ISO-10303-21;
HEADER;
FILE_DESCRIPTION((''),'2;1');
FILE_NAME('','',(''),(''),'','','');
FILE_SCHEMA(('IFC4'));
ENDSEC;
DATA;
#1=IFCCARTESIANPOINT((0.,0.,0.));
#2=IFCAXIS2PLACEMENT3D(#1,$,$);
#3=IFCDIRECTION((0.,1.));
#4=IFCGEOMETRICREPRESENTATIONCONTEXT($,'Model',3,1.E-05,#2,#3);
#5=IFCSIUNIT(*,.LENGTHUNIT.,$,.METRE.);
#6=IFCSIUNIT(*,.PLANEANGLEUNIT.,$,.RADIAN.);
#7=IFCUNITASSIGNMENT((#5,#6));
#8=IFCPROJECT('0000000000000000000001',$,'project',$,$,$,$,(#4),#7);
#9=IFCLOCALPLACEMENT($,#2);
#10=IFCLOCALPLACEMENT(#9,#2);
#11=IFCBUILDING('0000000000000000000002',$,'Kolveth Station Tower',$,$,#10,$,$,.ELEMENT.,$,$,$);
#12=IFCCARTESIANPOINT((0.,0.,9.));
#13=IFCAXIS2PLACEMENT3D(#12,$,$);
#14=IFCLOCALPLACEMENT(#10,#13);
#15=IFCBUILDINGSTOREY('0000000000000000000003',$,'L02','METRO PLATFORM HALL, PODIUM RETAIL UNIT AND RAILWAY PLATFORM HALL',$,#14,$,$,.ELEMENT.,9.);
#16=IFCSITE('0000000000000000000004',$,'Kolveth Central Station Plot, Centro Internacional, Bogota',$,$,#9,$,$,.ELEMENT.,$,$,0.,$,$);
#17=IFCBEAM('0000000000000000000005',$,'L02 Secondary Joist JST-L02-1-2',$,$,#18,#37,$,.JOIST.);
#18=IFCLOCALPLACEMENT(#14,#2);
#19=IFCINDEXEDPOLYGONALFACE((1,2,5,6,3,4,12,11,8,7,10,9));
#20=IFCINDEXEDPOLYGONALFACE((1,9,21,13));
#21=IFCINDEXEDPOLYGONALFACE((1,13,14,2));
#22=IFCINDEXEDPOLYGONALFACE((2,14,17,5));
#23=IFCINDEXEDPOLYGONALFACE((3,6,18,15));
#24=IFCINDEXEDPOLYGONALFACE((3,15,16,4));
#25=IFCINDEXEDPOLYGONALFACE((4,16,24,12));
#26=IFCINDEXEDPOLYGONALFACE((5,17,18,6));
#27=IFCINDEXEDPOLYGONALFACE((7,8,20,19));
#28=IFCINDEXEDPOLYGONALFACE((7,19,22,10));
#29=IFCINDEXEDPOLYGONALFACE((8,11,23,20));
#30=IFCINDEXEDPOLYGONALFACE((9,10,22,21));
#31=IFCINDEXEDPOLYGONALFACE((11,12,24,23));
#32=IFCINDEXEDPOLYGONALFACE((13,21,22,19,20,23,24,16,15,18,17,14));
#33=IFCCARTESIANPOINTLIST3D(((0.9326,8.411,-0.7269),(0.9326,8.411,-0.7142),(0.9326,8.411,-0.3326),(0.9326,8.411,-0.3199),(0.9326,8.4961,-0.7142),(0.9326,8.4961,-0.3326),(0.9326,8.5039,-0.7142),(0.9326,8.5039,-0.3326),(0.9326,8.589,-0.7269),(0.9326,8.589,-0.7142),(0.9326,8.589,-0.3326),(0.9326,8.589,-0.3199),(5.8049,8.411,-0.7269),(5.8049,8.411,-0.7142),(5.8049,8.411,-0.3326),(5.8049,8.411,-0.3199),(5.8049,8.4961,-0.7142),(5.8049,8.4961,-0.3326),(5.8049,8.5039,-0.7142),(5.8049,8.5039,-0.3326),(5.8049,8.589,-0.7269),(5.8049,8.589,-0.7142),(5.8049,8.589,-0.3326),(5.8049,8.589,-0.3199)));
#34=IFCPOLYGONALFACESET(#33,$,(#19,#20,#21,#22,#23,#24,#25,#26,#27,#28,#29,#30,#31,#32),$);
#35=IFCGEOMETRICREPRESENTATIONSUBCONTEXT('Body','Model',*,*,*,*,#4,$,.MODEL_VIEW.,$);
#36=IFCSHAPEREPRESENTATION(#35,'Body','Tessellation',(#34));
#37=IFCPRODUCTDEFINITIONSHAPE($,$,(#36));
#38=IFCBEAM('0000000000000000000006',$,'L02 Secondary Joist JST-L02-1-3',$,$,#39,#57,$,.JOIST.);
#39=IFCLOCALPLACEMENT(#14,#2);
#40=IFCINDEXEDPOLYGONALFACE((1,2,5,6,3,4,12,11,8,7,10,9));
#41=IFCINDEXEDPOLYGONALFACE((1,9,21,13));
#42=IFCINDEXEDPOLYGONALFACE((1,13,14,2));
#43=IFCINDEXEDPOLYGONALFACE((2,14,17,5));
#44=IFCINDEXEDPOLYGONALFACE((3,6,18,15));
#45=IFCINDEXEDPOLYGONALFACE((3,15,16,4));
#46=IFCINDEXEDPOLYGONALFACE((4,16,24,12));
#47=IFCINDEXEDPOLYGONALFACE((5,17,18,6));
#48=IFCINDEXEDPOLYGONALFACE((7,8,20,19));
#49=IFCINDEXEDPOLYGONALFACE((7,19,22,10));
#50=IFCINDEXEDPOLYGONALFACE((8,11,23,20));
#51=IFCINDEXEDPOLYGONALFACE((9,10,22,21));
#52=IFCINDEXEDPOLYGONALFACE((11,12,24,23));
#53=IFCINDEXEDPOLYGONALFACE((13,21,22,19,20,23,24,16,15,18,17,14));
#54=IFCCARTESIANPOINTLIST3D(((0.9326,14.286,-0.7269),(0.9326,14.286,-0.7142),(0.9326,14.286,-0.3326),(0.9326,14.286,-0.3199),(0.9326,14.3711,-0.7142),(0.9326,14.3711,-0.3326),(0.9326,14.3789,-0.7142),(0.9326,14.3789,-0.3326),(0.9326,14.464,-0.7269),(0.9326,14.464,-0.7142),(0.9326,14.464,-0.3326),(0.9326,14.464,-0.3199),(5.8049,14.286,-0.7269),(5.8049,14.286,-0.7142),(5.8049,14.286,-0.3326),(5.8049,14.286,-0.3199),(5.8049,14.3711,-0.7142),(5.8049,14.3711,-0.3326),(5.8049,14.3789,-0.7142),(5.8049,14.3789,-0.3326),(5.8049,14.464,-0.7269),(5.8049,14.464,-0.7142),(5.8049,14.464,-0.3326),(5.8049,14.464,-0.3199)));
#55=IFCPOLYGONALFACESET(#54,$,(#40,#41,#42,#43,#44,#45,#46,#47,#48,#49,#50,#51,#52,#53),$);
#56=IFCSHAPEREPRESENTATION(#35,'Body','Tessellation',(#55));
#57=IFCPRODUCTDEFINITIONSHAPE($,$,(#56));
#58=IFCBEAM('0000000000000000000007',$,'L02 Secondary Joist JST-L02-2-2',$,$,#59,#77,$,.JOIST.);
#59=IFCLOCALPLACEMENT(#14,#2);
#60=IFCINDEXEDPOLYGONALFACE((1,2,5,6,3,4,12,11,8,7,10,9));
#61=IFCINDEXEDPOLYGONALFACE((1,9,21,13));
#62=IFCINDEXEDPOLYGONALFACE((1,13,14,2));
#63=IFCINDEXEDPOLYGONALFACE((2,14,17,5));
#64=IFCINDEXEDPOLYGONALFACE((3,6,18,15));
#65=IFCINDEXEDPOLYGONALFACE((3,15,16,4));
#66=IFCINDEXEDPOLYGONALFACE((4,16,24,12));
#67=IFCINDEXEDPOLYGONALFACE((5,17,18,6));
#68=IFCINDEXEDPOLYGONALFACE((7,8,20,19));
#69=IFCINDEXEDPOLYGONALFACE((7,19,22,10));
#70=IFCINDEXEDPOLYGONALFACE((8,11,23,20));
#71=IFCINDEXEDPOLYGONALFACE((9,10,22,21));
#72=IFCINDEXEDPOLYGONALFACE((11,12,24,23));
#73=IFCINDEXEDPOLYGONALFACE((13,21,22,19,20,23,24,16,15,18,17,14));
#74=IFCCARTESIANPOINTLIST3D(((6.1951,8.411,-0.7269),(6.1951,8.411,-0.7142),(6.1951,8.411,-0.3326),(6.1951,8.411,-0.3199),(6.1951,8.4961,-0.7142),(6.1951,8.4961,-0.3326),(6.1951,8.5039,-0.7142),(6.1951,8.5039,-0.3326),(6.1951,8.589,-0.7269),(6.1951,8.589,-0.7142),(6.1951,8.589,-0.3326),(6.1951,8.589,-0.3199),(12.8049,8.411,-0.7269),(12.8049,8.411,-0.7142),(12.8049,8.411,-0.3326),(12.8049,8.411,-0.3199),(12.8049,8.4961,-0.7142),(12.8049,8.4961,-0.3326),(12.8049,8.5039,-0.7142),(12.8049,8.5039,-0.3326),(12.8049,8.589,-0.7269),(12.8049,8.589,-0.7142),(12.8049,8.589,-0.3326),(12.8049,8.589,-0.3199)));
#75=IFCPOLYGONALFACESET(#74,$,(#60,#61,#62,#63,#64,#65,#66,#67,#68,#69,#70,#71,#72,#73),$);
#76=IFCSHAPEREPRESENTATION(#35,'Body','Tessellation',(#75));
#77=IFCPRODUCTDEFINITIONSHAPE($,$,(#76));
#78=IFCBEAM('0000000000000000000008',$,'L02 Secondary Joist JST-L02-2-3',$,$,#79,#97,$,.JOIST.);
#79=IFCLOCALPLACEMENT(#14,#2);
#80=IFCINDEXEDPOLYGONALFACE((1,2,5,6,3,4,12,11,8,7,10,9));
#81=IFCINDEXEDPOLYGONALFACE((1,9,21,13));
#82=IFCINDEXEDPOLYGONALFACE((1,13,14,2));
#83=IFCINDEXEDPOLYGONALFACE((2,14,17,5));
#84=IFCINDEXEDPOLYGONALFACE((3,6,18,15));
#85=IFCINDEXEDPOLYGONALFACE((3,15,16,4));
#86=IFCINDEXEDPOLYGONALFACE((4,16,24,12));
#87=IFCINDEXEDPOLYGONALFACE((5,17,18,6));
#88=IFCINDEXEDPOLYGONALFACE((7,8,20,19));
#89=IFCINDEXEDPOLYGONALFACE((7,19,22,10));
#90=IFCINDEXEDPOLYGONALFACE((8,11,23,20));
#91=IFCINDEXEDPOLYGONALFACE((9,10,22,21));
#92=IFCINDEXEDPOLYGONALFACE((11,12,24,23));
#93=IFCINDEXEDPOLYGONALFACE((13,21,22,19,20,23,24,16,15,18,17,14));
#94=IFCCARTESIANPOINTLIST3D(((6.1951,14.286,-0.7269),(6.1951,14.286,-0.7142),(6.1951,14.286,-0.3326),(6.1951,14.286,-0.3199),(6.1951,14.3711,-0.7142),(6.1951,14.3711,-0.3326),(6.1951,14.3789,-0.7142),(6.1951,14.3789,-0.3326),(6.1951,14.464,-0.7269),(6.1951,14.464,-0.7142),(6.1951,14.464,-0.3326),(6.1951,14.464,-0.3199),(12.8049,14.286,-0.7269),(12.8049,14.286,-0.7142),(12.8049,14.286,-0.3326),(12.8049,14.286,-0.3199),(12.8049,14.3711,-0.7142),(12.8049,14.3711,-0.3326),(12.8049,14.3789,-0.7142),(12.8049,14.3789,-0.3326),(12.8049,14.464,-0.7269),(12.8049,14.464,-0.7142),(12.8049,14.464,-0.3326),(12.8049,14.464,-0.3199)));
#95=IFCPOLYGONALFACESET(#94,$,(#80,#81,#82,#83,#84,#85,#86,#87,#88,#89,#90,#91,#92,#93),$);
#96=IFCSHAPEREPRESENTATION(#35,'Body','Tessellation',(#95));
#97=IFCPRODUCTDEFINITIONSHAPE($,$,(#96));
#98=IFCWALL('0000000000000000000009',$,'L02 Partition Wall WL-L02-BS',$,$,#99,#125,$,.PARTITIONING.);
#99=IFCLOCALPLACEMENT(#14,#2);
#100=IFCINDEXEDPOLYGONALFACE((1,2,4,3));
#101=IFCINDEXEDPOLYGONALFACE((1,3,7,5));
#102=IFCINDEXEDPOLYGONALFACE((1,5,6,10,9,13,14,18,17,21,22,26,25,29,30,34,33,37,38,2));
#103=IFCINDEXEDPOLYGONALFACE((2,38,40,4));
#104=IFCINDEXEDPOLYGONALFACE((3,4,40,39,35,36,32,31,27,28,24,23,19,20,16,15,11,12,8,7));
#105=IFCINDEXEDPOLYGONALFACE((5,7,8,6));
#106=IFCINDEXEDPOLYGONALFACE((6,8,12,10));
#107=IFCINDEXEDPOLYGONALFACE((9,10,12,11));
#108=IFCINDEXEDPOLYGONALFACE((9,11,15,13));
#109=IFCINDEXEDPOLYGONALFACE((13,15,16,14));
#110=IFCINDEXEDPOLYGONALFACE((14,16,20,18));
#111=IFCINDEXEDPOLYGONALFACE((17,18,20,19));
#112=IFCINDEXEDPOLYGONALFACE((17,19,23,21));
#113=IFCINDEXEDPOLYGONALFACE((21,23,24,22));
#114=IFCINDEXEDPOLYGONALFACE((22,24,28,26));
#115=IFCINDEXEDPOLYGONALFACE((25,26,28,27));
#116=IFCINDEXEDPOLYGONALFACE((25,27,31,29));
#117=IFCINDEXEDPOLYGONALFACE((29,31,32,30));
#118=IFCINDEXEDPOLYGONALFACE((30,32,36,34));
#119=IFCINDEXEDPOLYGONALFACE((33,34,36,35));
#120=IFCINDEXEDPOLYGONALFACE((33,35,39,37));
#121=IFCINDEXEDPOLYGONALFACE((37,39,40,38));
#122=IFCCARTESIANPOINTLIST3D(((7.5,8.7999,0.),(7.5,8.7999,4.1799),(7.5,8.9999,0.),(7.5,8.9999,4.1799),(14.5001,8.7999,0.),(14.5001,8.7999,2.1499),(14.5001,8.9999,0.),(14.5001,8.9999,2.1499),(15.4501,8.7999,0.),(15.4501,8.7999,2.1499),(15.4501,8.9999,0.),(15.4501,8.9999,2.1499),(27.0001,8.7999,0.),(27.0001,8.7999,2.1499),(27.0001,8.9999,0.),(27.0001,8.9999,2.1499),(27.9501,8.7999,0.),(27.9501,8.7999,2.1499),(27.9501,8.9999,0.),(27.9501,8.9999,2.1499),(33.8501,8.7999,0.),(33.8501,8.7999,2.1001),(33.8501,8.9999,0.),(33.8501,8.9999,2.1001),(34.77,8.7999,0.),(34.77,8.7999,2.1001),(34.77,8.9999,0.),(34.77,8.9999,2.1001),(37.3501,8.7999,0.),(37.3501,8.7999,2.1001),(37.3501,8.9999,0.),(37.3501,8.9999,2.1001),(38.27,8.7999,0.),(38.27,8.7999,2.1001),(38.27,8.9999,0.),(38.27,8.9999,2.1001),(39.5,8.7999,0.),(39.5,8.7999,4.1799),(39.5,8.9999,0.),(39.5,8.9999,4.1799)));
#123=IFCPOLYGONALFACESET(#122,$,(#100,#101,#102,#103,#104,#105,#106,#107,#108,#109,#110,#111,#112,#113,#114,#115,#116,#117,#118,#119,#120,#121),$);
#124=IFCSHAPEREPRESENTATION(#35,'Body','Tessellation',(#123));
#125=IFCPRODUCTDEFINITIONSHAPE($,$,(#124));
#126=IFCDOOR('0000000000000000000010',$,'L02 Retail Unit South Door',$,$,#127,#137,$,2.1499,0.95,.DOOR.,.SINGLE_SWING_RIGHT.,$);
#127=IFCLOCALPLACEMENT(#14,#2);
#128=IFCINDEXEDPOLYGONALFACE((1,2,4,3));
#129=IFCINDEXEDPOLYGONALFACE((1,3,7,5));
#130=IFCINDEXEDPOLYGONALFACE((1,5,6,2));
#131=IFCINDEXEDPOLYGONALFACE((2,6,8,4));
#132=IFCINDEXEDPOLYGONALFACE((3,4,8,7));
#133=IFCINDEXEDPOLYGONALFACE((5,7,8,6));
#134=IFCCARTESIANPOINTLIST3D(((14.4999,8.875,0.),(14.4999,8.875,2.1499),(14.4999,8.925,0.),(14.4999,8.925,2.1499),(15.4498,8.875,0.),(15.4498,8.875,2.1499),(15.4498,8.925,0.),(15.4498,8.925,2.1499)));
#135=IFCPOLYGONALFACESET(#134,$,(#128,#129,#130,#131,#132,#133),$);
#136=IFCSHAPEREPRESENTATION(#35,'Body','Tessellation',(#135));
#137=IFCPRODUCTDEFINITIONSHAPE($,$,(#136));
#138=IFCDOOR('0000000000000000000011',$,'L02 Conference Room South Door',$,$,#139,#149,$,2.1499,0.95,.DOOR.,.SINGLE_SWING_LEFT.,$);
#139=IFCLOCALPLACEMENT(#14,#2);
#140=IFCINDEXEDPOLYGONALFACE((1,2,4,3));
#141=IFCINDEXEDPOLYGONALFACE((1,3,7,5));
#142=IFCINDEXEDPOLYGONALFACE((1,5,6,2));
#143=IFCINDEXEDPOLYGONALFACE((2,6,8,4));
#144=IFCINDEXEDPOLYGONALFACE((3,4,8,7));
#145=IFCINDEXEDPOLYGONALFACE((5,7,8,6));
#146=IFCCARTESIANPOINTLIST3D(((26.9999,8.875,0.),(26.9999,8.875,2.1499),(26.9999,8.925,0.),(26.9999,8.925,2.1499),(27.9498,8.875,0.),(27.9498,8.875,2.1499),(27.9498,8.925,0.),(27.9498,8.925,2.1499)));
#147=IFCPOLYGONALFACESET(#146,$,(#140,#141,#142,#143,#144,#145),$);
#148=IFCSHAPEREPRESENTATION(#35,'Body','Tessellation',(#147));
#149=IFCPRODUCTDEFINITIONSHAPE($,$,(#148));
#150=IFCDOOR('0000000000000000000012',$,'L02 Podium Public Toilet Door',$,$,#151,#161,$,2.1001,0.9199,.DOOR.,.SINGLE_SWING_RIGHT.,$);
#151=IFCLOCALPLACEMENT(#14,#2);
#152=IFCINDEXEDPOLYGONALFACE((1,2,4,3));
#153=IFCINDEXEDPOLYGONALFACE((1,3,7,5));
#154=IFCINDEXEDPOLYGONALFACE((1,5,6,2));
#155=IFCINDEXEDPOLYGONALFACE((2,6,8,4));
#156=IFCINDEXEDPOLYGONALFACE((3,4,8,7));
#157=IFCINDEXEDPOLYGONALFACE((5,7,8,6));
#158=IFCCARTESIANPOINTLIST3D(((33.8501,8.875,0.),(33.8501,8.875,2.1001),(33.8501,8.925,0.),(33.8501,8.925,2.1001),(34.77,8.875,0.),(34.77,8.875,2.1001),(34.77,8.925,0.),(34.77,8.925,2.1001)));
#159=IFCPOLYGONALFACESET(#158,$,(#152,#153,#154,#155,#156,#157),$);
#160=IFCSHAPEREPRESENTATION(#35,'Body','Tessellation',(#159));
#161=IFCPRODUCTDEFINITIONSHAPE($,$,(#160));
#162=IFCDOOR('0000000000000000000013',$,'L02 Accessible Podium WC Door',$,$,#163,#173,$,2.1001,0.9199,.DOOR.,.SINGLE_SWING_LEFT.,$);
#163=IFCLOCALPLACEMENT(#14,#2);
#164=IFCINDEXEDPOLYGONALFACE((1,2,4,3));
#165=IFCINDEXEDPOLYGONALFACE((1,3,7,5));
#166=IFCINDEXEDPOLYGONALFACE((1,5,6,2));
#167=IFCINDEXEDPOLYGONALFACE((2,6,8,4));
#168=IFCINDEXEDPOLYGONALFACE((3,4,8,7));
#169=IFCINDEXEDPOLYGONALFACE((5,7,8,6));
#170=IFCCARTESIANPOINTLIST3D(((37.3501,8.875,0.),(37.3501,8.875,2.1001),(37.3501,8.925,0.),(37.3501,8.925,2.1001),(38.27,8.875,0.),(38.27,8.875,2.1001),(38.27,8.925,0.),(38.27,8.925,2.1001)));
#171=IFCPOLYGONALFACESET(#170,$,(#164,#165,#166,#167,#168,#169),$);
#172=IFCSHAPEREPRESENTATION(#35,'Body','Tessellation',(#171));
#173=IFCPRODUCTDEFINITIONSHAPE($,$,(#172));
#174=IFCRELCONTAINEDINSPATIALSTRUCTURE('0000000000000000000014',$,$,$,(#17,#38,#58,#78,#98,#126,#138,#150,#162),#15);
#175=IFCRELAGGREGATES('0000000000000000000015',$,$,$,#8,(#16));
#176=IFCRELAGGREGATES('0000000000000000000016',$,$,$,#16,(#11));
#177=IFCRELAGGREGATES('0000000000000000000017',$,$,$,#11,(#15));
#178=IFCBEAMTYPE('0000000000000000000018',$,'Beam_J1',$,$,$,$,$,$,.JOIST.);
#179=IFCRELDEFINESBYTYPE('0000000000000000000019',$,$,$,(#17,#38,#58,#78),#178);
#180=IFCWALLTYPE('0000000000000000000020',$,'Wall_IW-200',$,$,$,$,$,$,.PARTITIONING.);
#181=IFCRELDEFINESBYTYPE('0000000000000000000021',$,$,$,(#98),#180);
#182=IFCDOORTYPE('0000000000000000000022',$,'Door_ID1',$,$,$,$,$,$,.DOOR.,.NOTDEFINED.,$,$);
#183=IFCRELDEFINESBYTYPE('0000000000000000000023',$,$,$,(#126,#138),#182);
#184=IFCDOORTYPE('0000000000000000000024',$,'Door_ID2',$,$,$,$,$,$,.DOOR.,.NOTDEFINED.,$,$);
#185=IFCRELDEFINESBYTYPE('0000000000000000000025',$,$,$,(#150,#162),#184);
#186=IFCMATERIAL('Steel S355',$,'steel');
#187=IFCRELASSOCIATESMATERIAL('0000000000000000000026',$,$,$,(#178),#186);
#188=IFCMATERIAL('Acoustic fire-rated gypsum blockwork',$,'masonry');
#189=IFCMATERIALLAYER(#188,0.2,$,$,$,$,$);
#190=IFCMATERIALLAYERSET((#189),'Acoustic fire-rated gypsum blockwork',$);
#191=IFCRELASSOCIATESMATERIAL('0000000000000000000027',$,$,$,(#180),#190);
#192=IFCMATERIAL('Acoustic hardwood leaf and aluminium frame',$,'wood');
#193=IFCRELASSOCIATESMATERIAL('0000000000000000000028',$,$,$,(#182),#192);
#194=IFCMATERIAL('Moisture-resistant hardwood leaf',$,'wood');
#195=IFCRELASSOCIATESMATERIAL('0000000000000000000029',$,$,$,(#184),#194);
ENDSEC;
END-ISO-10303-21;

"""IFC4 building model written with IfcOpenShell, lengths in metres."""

from ifc_helpers import new_model, si_unit, direction, frame, frame_2d, origin, origin_2d, place, context, subcontext, project, spatial, rectangle, i_section, extrude, source, transform, mapped, material, layer, layer_set, material_profile, profile_set, type_object, element, fill, save


model = new_model("IFC4")

# Units and contexts
model_context = context("Model", 3, precision=1e-05, world=origin(), true_north=direction((0.0, 1.0)))
body_context = subcontext(model_context, "Body", "Model", "MODEL_VIEW")
ifc_project = project(units=[si_unit("LENGTHUNIT", "METRE"), si_unit("PLANEANGLEUNIT", "RADIAN")], contexts=[model_context])

# Site, building, storey
site_placement = place(None, origin())
site = spatial("IfcSite", under=ifc_project, at=site_placement, Name="Kolveth Central Station Plot, Centro Internacional, Bogota", CompositionType="ELEMENT", RefElevation=0.0)
building_placement = place(site_placement, origin())
building = spatial("IfcBuilding", under=site, at=building_placement, Name="Kolveth Station Tower", CompositionType="ELEMENT")
storey_placement = place(building_placement, frame((0.0, 0.0, 9.0)))
storey = spatial("IfcBuildingStorey", under=building, at=storey_placement, Name="L02", Description="METRO PLATFORM HALL, PODIUM RETAIL UNIT AND RAILWAY PLATFORM HALL", CompositionType="ELEMENT", Elevation=9.0)

# Beams
ifc_material_1 = material(Name="Steel S355", Category="steel")
ifc_material_profile_1 = material_profile(ifc_material_1, i_section(OverallWidth=0.178, OverallDepth=0.407, WebThickness=0.0078, FlangeThickness=0.0127, at=origin_2d()), Name="W410x60")
ifc_profile_set_1 = profile_set([ifc_material_profile_1], Name="Steel S355")
beam_type_1 = type_object("IfcBeamType", Name="Beam_J1", PredefinedType="JOIST", material=ifc_profile_set_1)
shared_shape_1 = source(origin(), body_context, "Body", "SweptSolid", [
    extrude(i_section(OverallWidth=0.178, OverallDepth=0.407, WebThickness=0.0078, FlangeThickness=0.0127, at=origin_2d()), origin(), (0.0, 0.0, 1.0), 4.8723),
])
for number, where, z_axis, x_axis, name in (
    (1, (0.9326, 8.5, -0.5234), (1.0, 0.0, 0.0), (0.0, 1.0, 0.0), "L02 Secondary Joist JST-L02-1-2"),
    (2, (0.9326, 14.375, -0.5234), (1.0, 0.0, 0.0), (0.0, 1.0, 0.0), "L02 Secondary Joist JST-L02-1-3"),
):
    element("IfcBeam", number, at=place(storey_placement, frame(where, z_axis=z_axis, x_axis=x_axis)), inside=storey, type_object=beam_type_1, Name=name, PredefinedType="JOIST", context=body_context, shape_type="MappedRepresentation", body=[
        mapped(shared_shape_1, transform((0.0, 0.0, 0.0), x_axis=(1.0, 0.0, 0.0), y_axis=(0.0, 1.0, 0.0), z_axis=(0.0, 0.0, 1.0), scale=1.0)),
    ])
shared_shape_2 = source(origin(), body_context, "Body", "SweptSolid", [
    extrude(i_section(OverallWidth=0.178, OverallDepth=0.407, WebThickness=0.0078, FlangeThickness=0.0127, at=origin_2d()), origin(), (0.0, 0.0, 1.0), 6.6099),
])
for number, where, z_axis, x_axis, name in (
    (3, (6.1951, 8.5, -0.5234), (1.0, 0.0, 0.0), (0.0, 1.0, 0.0), "L02 Secondary Joist JST-L02-2-2"),
    (4, (6.1951, 14.375, -0.5234), (1.0, 0.0, 0.0), (0.0, 1.0, 0.0), "L02 Secondary Joist JST-L02-2-3"),
):
    element("IfcBeam", number, at=place(storey_placement, frame(where, z_axis=z_axis, x_axis=x_axis)), inside=storey, type_object=beam_type_1, Name=name, PredefinedType="JOIST", context=body_context, shape_type="MappedRepresentation", body=[
        mapped(shared_shape_2, transform((0.0, 0.0, 0.0), x_axis=(1.0, 0.0, 0.0), y_axis=(0.0, 1.0, 0.0), z_axis=(0.0, 0.0, 1.0), scale=1.0)),
    ])

# Wall, openings, doors
ifc_material_2 = material(Name="Acoustic fire-rated gypsum blockwork", Category="masonry")
ifc_layer = layer(ifc_material_2, 0.2)
ifc_layer_set = layer_set([ifc_layer], Name="Acoustic fire-rated gypsum blockwork")
wall_type = type_object("IfcWallType", Name="Wall_IW-200", PredefinedType="PARTITIONING", material=ifc_layer_set)
wall_1_placement = place(storey_placement, frame((7.5, 8.8999, 0.0), z_axis=(0.0, 0.0, 1.0), x_axis=(1.0, 0.0, 0.0)))
wall_1 = element("IfcWall", 5, at=wall_1_placement, inside=storey, type_object=wall_type, Name="L02 Partition Wall WL-L02-BS", PredefinedType="PARTITIONING", context=body_context, shape_type="SweptSolid", body=[
    extrude(rectangle(XDim=32.0, YDim=0.2, at=frame_2d((16.0, 0.0))), origin(), (0.0, 0.0, 1.0), 4.1799),
])
opening_1_placement = place(wall_1_placement, frame((7.0, 0.0, 0.0)))
opening_1 = element("IfcOpeningElement", 6, at=opening_1_placement, cuts=wall_1, PredefinedType="OPENING", context=body_context, shape_type="SweptSolid", body=[
    extrude(rectangle(XDim=0.95, YDim=2.1499, at=frame_2d((0.4751, 1.075))), frame((0.0, 0.1099, 0.0), z_axis=(0.0, -1.0, 0.0), x_axis=(1.0, 0.0, 0.0)), (0.0, 0.0, 1.0), 0.22),
])
opening_2_placement = place(wall_1_placement, frame((19.5, 0.0, 0.0)))
opening_2 = element("IfcOpeningElement", 7, at=opening_2_placement, cuts=wall_1, PredefinedType="OPENING", context=body_context, shape_type="SweptSolid", body=[
    extrude(rectangle(XDim=0.95, YDim=2.1499, at=frame_2d((0.4751, 1.075))), frame((0.0, 0.1099, 0.0), z_axis=(0.0, -1.0, 0.0), x_axis=(1.0, 0.0, 0.0)), (0.0, 0.0, 1.0), 0.22),
])
opening_3_placement = place(wall_1_placement, frame((26.3501, 0.0, 0.0)))
opening_3 = element("IfcOpeningElement", 8, at=opening_3_placement, cuts=wall_1, PredefinedType="OPENING", context=body_context, shape_type="SweptSolid", body=[
    extrude(rectangle(XDim=0.9199, YDim=2.1001, at=frame_2d((0.46, 1.05))), frame((0.0, 0.1099, 0.0), z_axis=(0.0, -1.0, 0.0), x_axis=(1.0, 0.0, 0.0)), (0.0, 0.0, 1.0), 0.22),
])
opening_4_placement = place(wall_1_placement, frame((29.8501, 0.0, 0.0)))
opening_4 = element("IfcOpeningElement", 9, at=opening_4_placement, cuts=wall_1, PredefinedType="OPENING", context=body_context, shape_type="SweptSolid", body=[
    extrude(rectangle(XDim=0.9199, YDim=2.1001, at=frame_2d((0.46, 1.05))), frame((0.0, 0.1099, 0.0), z_axis=(0.0, -1.0, 0.0), x_axis=(1.0, 0.0, 0.0)), (0.0, 0.0, 1.0), 0.22),
])
ifc_material_3 = material(Name="Acoustic hardwood leaf and aluminium frame", Category="wood")
door_type_1 = type_object("IfcDoorType", Name="Door_ID1", OperationType="NOTDEFINED", PredefinedType="DOOR", material=ifc_material_3)
door_1_placement = place(opening_1_placement, frame((0.95, 0.0, 0.0), z_axis=(0.0, 0.0, 1.0), x_axis=(-1.0, 0.0, 0.0)))
door_1 = element("IfcDoor", 10, at=door_1_placement, inside=storey, type_object=door_type_1, Name="L02 Retail Unit South Door", OperationType="SINGLE_SWING_RIGHT", OverallHeight=2.1499, OverallWidth=0.95, PredefinedType="DOOR", context=body_context, shape_type="SweptSolid", body=[
    extrude(rectangle(XDim=0.95, YDim=2.1499, at=frame_2d((0.4751, 1.075))), frame((0.0, 0.0249, 0.0), z_axis=(0.0, -1.0, 0.0), x_axis=(1.0, 0.0, 0.0)), (0.0, 0.0, 1.0), 0.05),
])
fill(opening_1, door_1)
door_2_placement = place(opening_2_placement, frame((0.95, 0.0, 0.0), z_axis=(0.0, 0.0, 1.0), x_axis=(-1.0, 0.0, 0.0)))
door_2 = element("IfcDoor", 11, at=door_2_placement, inside=storey, type_object=door_type_1, Name="L02 Conference Room South Door", OperationType="SINGLE_SWING_LEFT", OverallHeight=2.1499, OverallWidth=0.95, PredefinedType="DOOR", context=body_context, shape_type="SweptSolid", body=[
    extrude(rectangle(XDim=0.95, YDim=2.1499, at=frame_2d((0.4751, 1.075))), frame((0.0, 0.0249, 0.0), z_axis=(0.0, -1.0, 0.0), x_axis=(1.0, 0.0, 0.0)), (0.0, 0.0, 1.0), 0.05),
])
fill(opening_2, door_2)
ifc_material_4 = material(Name="Moisture-resistant hardwood leaf", Category="wood")
door_type_2 = type_object("IfcDoorType", Name="Door_ID2", OperationType="NOTDEFINED", PredefinedType="DOOR", material=ifc_material_4)
door_3_placement = place(opening_3_placement, frame((0.9199, 0.0, 0.0), z_axis=(0.0, 0.0, 1.0), x_axis=(-1.0, 0.0, 0.0)))
door_3 = element("IfcDoor", 12, at=door_3_placement, inside=storey, type_object=door_type_2, Name="L02 Podium Public Toilet Door", OperationType="SINGLE_SWING_RIGHT", OverallHeight=2.1001, OverallWidth=0.9199, PredefinedType="DOOR", context=body_context, shape_type="SweptSolid", body=[
    extrude(rectangle(XDim=0.9199, YDim=2.1001, at=frame_2d((0.46, 1.05))), frame((0.0, 0.0249, 0.0), z_axis=(0.0, -1.0, 0.0), x_axis=(1.0, 0.0, 0.0)), (0.0, 0.0, 1.0), 0.05),
])
fill(opening_3, door_3)
door_4_placement = place(opening_4_placement, frame((0.9199, 0.0, 0.0), z_axis=(0.0, 0.0, 1.0), x_axis=(-1.0, 0.0, 0.0)))
door_4 = element("IfcDoor", 13, at=door_4_placement, inside=storey, type_object=door_type_2, Name="L02 Accessible Podium WC Door", OperationType="SINGLE_SWING_LEFT", OverallHeight=2.1001, OverallWidth=0.9199, PredefinedType="DOOR", context=body_context, shape_type="SweptSolid", body=[
    extrude(rectangle(XDim=0.9199, YDim=2.1001, at=frame_2d((0.46, 1.05))), frame((0.0, 0.0249, 0.0), z_axis=(0.0, -1.0, 0.0), x_axis=(1.0, 0.0, 0.0)), (0.0, 0.0, 1.0), 0.05),
])
fill(opening_4, door_4)

save(model, "model.ifc")
